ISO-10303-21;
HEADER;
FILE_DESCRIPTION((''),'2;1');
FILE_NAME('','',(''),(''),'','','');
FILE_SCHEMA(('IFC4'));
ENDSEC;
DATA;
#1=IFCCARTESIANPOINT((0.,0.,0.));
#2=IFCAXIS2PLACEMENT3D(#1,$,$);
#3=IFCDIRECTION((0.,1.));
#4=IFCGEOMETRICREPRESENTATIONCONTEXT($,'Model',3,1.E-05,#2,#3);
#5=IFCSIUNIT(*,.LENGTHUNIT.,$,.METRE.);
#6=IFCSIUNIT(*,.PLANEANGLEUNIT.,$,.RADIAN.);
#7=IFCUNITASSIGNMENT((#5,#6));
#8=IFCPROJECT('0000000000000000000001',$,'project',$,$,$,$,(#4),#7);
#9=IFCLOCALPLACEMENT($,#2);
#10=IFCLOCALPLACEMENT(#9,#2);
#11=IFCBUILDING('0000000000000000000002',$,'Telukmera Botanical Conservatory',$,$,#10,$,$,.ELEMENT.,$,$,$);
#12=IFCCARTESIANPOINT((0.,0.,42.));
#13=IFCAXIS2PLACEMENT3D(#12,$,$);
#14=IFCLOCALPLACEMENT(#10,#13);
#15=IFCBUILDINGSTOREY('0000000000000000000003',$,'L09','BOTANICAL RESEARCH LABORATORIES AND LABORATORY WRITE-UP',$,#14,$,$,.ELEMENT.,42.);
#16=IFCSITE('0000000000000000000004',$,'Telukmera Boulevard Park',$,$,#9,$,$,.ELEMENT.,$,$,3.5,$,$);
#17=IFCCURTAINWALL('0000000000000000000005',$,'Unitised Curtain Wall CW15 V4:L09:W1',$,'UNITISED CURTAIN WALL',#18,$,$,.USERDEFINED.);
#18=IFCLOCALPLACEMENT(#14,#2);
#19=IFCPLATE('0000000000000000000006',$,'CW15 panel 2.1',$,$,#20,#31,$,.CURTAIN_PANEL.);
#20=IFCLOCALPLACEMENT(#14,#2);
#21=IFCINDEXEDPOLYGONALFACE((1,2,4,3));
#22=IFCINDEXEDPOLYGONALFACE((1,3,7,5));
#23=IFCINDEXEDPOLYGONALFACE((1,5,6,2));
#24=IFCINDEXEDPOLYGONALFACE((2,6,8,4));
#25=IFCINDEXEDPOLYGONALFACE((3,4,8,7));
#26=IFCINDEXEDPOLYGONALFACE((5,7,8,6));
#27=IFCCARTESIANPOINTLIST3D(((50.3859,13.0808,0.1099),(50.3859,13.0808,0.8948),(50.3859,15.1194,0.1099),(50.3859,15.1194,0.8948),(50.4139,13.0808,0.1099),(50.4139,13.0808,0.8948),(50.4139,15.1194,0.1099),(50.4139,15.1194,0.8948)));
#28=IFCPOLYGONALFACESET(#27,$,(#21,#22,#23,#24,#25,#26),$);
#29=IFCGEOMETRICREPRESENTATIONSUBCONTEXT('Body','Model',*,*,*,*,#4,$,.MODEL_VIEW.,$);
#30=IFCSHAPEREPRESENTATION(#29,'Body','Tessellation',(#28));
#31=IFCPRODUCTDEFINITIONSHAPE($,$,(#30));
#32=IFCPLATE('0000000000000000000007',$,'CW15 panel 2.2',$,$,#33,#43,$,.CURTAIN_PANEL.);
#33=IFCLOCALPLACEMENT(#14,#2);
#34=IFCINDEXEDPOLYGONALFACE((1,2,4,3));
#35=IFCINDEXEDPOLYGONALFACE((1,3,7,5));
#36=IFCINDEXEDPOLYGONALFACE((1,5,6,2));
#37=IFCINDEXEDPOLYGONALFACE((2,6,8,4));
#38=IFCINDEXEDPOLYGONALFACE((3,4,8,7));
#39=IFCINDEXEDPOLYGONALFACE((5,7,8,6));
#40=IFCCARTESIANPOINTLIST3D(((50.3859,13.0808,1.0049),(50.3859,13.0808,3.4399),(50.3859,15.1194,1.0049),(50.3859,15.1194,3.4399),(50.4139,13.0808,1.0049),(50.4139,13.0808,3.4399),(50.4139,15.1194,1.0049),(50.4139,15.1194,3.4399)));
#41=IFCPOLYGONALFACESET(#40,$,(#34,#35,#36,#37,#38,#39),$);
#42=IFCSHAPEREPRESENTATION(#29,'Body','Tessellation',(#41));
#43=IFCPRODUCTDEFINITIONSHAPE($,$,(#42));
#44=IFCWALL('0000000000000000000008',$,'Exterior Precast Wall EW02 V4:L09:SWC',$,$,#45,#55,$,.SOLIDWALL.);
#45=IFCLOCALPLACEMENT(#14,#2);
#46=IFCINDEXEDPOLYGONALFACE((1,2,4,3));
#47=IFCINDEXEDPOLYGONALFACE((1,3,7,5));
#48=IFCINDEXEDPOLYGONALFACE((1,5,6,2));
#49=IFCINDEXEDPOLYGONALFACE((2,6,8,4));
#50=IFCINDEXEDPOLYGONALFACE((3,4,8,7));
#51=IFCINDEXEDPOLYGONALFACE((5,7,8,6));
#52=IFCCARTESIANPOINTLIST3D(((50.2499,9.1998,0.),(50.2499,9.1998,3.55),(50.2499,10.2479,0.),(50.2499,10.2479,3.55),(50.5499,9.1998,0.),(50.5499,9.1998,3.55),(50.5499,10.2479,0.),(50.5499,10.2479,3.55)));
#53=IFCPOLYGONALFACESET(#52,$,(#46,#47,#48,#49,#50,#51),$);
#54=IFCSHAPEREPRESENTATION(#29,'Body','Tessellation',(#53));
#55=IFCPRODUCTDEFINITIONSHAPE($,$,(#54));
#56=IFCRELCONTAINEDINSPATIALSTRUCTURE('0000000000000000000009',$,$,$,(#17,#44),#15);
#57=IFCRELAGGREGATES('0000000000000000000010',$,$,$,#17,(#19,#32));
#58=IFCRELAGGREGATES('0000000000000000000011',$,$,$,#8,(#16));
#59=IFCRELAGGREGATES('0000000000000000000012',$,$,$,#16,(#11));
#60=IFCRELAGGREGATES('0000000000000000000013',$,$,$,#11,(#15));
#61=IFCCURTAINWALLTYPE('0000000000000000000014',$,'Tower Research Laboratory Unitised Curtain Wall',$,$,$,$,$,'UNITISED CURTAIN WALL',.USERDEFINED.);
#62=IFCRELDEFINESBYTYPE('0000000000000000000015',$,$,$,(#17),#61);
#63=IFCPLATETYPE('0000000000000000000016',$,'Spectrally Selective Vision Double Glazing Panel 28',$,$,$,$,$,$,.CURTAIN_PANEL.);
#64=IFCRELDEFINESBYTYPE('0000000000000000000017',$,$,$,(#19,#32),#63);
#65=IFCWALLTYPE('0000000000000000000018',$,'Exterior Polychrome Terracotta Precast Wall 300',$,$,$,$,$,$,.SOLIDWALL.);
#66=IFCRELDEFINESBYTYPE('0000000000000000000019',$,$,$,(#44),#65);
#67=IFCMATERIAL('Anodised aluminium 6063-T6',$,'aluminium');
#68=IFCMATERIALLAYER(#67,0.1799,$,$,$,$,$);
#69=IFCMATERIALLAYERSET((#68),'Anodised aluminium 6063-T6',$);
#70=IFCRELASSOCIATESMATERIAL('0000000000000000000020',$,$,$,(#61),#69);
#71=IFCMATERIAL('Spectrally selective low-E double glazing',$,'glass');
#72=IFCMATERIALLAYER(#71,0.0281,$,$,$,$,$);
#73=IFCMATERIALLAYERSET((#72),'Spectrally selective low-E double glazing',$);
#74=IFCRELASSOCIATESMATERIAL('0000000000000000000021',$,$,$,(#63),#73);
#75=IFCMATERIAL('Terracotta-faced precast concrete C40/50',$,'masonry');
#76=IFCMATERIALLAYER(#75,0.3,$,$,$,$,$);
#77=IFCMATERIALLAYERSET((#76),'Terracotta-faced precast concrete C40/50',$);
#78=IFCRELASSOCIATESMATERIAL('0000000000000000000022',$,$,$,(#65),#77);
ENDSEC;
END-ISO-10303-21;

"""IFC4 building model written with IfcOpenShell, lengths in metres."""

from ifc_helpers import new_model, si_unit, direction, frame, frame_2d, origin, origin_2d, place, context, subcontext, project, spatial, rectangle, extrude, material, layer, layer_set, type_object, element, aggregate, save


model = new_model("IFC4")

# Units and contexts
model_context = context("Model", 3, precision=1e-05, world=origin(), true_north=direction((0.0, 1.0)))
body_context = subcontext(model_context, "Body", "Model", "MODEL_VIEW")
ifc_project = project(units=[si_unit("LENGTHUNIT", "METRE"), si_unit("PLANEANGLEUNIT", "RADIAN")], contexts=[model_context])

# Site, building, storey
site_placement = place(None, origin())
site = spatial("IfcSite", under=ifc_project, at=site_placement, Name="Telukmera Boulevard Park", CompositionType="ELEMENT", RefElevation=3.5)
building_placement = place(site_placement, origin())
building = spatial("IfcBuilding", under=site, at=building_placement, Name="Telukmera Botanical Conservatory", CompositionType="ELEMENT")
storey_placement = place(building_placement, frame((0.0, 0.0, 42.0)))
storey = spatial("IfcBuildingStorey", under=building, at=storey_placement, Name="L09", Description="BOTANICAL RESEARCH LABORATORIES AND LABORATORY WRITE-UP", CompositionType="ELEMENT", Elevation=42.0)

# Curtain wall, plates
ifc_material_1 = material(Name="Anodised aluminium 6063-T6", Category="aluminium")
ifc_layer_1 = layer(ifc_material_1, 0.1799)
ifc_layer_set_1 = layer_set([ifc_layer_1], Name="Anodised aluminium 6063-T6")
curtain_wall_type = type_object("IfcCurtainWallType", Name="Tower Research Laboratory Unitised Curtain Wall", ElementType="UNITISED CURTAIN WALL", PredefinedType="USERDEFINED", material=ifc_layer_set_1)
curtain_wall_placement = place(storey_placement, origin())
curtain_wall = element("IfcCurtainWall", 1, at=curtain_wall_placement, inside=storey, type_object=curtain_wall_type, Name="Unitised Curtain Wall CW15 V4:L09:W1", ObjectType="UNITISED CURTAIN WALL", PredefinedType="USERDEFINED")
ifc_material_2 = material(Name="Spectrally selective low-E double glazing", Category="glass")
ifc_layer_2 = layer(ifc_material_2, 0.0281)
ifc_layer_set_2 = layer_set([ifc_layer_2], Name="Spectrally selective low-E double glazing")
plate_type = type_object("IfcPlateType", Name="Spectrally Selective Vision Double Glazing Panel 28", PredefinedType="CURTAIN_PANEL", material=ifc_layer_set_2)
plate_1_placement = place(storey_placement, frame((50.3999, 14.1001, 0.1099), z_axis=(0.0, 0.0, 1.0), x_axis=(0.0, 1.0, 0.0)))
plate_1 = element("IfcPlate", 2, at=plate_1_placement, type_object=plate_type, Name="CW15 panel 2.1", PredefinedType="CURTAIN_PANEL", context=body_context, shape_type="SweptSolid", body=[
    extrude(rectangle(XDim=2.0386, YDim=0.0281, at=origin_2d()), origin(), (0.0, 0.0, 1.0), 0.7849),
])
plate_2_placement = place(storey_placement, frame((50.3999, 14.1001, 1.0049), z_axis=(0.0, 0.0, 1.0), x_axis=(0.0, 1.0, 0.0)))
plate_2 = element("IfcPlate", 3, at=plate_2_placement, type_object=plate_type, Name="CW15 panel 2.2", PredefinedType="CURTAIN_PANEL", context=body_context, shape_type="SweptSolid", body=[
    extrude(rectangle(XDim=2.0386, YDim=0.0281, at=origin_2d()), origin(), (0.0, 0.0, 1.0), 2.4351),
])
aggregate(curtain_wall, [plate_1, plate_2])

# Wall
ifc_material_3 = material(Name="Terracotta-faced precast concrete C40/50", Category="masonry")
ifc_layer_3 = layer(ifc_material_3, 0.3)
ifc_layer_set_3 = layer_set([ifc_layer_3], Name="Terracotta-faced precast concrete C40/50")
wall_type = type_object("IfcWallType", Name="Exterior Polychrome Terracotta Precast Wall 300", PredefinedType="SOLIDWALL", material=ifc_layer_set_3)
wall_placement = place(storey_placement, frame((50.3999, 9.2, 0.0), z_axis=(0.0, 0.0, 1.0), x_axis=(0.0, 1.0, 0.0)))
element("IfcWall", 4, at=wall_placement, inside=storey, type_object=wall_type, Name="Exterior Precast Wall EW02 V4:L09:SWC", PredefinedType="SOLIDWALL", context=body_context, shape_type="SweptSolid", body=[
    extrude(rectangle(XDim=1.0481, YDim=0.3, at=frame_2d((0.5239, 0.0))), origin(), (0.0, 0.0, 1.0), 3.55),
])

save(model, "model.ifc")
